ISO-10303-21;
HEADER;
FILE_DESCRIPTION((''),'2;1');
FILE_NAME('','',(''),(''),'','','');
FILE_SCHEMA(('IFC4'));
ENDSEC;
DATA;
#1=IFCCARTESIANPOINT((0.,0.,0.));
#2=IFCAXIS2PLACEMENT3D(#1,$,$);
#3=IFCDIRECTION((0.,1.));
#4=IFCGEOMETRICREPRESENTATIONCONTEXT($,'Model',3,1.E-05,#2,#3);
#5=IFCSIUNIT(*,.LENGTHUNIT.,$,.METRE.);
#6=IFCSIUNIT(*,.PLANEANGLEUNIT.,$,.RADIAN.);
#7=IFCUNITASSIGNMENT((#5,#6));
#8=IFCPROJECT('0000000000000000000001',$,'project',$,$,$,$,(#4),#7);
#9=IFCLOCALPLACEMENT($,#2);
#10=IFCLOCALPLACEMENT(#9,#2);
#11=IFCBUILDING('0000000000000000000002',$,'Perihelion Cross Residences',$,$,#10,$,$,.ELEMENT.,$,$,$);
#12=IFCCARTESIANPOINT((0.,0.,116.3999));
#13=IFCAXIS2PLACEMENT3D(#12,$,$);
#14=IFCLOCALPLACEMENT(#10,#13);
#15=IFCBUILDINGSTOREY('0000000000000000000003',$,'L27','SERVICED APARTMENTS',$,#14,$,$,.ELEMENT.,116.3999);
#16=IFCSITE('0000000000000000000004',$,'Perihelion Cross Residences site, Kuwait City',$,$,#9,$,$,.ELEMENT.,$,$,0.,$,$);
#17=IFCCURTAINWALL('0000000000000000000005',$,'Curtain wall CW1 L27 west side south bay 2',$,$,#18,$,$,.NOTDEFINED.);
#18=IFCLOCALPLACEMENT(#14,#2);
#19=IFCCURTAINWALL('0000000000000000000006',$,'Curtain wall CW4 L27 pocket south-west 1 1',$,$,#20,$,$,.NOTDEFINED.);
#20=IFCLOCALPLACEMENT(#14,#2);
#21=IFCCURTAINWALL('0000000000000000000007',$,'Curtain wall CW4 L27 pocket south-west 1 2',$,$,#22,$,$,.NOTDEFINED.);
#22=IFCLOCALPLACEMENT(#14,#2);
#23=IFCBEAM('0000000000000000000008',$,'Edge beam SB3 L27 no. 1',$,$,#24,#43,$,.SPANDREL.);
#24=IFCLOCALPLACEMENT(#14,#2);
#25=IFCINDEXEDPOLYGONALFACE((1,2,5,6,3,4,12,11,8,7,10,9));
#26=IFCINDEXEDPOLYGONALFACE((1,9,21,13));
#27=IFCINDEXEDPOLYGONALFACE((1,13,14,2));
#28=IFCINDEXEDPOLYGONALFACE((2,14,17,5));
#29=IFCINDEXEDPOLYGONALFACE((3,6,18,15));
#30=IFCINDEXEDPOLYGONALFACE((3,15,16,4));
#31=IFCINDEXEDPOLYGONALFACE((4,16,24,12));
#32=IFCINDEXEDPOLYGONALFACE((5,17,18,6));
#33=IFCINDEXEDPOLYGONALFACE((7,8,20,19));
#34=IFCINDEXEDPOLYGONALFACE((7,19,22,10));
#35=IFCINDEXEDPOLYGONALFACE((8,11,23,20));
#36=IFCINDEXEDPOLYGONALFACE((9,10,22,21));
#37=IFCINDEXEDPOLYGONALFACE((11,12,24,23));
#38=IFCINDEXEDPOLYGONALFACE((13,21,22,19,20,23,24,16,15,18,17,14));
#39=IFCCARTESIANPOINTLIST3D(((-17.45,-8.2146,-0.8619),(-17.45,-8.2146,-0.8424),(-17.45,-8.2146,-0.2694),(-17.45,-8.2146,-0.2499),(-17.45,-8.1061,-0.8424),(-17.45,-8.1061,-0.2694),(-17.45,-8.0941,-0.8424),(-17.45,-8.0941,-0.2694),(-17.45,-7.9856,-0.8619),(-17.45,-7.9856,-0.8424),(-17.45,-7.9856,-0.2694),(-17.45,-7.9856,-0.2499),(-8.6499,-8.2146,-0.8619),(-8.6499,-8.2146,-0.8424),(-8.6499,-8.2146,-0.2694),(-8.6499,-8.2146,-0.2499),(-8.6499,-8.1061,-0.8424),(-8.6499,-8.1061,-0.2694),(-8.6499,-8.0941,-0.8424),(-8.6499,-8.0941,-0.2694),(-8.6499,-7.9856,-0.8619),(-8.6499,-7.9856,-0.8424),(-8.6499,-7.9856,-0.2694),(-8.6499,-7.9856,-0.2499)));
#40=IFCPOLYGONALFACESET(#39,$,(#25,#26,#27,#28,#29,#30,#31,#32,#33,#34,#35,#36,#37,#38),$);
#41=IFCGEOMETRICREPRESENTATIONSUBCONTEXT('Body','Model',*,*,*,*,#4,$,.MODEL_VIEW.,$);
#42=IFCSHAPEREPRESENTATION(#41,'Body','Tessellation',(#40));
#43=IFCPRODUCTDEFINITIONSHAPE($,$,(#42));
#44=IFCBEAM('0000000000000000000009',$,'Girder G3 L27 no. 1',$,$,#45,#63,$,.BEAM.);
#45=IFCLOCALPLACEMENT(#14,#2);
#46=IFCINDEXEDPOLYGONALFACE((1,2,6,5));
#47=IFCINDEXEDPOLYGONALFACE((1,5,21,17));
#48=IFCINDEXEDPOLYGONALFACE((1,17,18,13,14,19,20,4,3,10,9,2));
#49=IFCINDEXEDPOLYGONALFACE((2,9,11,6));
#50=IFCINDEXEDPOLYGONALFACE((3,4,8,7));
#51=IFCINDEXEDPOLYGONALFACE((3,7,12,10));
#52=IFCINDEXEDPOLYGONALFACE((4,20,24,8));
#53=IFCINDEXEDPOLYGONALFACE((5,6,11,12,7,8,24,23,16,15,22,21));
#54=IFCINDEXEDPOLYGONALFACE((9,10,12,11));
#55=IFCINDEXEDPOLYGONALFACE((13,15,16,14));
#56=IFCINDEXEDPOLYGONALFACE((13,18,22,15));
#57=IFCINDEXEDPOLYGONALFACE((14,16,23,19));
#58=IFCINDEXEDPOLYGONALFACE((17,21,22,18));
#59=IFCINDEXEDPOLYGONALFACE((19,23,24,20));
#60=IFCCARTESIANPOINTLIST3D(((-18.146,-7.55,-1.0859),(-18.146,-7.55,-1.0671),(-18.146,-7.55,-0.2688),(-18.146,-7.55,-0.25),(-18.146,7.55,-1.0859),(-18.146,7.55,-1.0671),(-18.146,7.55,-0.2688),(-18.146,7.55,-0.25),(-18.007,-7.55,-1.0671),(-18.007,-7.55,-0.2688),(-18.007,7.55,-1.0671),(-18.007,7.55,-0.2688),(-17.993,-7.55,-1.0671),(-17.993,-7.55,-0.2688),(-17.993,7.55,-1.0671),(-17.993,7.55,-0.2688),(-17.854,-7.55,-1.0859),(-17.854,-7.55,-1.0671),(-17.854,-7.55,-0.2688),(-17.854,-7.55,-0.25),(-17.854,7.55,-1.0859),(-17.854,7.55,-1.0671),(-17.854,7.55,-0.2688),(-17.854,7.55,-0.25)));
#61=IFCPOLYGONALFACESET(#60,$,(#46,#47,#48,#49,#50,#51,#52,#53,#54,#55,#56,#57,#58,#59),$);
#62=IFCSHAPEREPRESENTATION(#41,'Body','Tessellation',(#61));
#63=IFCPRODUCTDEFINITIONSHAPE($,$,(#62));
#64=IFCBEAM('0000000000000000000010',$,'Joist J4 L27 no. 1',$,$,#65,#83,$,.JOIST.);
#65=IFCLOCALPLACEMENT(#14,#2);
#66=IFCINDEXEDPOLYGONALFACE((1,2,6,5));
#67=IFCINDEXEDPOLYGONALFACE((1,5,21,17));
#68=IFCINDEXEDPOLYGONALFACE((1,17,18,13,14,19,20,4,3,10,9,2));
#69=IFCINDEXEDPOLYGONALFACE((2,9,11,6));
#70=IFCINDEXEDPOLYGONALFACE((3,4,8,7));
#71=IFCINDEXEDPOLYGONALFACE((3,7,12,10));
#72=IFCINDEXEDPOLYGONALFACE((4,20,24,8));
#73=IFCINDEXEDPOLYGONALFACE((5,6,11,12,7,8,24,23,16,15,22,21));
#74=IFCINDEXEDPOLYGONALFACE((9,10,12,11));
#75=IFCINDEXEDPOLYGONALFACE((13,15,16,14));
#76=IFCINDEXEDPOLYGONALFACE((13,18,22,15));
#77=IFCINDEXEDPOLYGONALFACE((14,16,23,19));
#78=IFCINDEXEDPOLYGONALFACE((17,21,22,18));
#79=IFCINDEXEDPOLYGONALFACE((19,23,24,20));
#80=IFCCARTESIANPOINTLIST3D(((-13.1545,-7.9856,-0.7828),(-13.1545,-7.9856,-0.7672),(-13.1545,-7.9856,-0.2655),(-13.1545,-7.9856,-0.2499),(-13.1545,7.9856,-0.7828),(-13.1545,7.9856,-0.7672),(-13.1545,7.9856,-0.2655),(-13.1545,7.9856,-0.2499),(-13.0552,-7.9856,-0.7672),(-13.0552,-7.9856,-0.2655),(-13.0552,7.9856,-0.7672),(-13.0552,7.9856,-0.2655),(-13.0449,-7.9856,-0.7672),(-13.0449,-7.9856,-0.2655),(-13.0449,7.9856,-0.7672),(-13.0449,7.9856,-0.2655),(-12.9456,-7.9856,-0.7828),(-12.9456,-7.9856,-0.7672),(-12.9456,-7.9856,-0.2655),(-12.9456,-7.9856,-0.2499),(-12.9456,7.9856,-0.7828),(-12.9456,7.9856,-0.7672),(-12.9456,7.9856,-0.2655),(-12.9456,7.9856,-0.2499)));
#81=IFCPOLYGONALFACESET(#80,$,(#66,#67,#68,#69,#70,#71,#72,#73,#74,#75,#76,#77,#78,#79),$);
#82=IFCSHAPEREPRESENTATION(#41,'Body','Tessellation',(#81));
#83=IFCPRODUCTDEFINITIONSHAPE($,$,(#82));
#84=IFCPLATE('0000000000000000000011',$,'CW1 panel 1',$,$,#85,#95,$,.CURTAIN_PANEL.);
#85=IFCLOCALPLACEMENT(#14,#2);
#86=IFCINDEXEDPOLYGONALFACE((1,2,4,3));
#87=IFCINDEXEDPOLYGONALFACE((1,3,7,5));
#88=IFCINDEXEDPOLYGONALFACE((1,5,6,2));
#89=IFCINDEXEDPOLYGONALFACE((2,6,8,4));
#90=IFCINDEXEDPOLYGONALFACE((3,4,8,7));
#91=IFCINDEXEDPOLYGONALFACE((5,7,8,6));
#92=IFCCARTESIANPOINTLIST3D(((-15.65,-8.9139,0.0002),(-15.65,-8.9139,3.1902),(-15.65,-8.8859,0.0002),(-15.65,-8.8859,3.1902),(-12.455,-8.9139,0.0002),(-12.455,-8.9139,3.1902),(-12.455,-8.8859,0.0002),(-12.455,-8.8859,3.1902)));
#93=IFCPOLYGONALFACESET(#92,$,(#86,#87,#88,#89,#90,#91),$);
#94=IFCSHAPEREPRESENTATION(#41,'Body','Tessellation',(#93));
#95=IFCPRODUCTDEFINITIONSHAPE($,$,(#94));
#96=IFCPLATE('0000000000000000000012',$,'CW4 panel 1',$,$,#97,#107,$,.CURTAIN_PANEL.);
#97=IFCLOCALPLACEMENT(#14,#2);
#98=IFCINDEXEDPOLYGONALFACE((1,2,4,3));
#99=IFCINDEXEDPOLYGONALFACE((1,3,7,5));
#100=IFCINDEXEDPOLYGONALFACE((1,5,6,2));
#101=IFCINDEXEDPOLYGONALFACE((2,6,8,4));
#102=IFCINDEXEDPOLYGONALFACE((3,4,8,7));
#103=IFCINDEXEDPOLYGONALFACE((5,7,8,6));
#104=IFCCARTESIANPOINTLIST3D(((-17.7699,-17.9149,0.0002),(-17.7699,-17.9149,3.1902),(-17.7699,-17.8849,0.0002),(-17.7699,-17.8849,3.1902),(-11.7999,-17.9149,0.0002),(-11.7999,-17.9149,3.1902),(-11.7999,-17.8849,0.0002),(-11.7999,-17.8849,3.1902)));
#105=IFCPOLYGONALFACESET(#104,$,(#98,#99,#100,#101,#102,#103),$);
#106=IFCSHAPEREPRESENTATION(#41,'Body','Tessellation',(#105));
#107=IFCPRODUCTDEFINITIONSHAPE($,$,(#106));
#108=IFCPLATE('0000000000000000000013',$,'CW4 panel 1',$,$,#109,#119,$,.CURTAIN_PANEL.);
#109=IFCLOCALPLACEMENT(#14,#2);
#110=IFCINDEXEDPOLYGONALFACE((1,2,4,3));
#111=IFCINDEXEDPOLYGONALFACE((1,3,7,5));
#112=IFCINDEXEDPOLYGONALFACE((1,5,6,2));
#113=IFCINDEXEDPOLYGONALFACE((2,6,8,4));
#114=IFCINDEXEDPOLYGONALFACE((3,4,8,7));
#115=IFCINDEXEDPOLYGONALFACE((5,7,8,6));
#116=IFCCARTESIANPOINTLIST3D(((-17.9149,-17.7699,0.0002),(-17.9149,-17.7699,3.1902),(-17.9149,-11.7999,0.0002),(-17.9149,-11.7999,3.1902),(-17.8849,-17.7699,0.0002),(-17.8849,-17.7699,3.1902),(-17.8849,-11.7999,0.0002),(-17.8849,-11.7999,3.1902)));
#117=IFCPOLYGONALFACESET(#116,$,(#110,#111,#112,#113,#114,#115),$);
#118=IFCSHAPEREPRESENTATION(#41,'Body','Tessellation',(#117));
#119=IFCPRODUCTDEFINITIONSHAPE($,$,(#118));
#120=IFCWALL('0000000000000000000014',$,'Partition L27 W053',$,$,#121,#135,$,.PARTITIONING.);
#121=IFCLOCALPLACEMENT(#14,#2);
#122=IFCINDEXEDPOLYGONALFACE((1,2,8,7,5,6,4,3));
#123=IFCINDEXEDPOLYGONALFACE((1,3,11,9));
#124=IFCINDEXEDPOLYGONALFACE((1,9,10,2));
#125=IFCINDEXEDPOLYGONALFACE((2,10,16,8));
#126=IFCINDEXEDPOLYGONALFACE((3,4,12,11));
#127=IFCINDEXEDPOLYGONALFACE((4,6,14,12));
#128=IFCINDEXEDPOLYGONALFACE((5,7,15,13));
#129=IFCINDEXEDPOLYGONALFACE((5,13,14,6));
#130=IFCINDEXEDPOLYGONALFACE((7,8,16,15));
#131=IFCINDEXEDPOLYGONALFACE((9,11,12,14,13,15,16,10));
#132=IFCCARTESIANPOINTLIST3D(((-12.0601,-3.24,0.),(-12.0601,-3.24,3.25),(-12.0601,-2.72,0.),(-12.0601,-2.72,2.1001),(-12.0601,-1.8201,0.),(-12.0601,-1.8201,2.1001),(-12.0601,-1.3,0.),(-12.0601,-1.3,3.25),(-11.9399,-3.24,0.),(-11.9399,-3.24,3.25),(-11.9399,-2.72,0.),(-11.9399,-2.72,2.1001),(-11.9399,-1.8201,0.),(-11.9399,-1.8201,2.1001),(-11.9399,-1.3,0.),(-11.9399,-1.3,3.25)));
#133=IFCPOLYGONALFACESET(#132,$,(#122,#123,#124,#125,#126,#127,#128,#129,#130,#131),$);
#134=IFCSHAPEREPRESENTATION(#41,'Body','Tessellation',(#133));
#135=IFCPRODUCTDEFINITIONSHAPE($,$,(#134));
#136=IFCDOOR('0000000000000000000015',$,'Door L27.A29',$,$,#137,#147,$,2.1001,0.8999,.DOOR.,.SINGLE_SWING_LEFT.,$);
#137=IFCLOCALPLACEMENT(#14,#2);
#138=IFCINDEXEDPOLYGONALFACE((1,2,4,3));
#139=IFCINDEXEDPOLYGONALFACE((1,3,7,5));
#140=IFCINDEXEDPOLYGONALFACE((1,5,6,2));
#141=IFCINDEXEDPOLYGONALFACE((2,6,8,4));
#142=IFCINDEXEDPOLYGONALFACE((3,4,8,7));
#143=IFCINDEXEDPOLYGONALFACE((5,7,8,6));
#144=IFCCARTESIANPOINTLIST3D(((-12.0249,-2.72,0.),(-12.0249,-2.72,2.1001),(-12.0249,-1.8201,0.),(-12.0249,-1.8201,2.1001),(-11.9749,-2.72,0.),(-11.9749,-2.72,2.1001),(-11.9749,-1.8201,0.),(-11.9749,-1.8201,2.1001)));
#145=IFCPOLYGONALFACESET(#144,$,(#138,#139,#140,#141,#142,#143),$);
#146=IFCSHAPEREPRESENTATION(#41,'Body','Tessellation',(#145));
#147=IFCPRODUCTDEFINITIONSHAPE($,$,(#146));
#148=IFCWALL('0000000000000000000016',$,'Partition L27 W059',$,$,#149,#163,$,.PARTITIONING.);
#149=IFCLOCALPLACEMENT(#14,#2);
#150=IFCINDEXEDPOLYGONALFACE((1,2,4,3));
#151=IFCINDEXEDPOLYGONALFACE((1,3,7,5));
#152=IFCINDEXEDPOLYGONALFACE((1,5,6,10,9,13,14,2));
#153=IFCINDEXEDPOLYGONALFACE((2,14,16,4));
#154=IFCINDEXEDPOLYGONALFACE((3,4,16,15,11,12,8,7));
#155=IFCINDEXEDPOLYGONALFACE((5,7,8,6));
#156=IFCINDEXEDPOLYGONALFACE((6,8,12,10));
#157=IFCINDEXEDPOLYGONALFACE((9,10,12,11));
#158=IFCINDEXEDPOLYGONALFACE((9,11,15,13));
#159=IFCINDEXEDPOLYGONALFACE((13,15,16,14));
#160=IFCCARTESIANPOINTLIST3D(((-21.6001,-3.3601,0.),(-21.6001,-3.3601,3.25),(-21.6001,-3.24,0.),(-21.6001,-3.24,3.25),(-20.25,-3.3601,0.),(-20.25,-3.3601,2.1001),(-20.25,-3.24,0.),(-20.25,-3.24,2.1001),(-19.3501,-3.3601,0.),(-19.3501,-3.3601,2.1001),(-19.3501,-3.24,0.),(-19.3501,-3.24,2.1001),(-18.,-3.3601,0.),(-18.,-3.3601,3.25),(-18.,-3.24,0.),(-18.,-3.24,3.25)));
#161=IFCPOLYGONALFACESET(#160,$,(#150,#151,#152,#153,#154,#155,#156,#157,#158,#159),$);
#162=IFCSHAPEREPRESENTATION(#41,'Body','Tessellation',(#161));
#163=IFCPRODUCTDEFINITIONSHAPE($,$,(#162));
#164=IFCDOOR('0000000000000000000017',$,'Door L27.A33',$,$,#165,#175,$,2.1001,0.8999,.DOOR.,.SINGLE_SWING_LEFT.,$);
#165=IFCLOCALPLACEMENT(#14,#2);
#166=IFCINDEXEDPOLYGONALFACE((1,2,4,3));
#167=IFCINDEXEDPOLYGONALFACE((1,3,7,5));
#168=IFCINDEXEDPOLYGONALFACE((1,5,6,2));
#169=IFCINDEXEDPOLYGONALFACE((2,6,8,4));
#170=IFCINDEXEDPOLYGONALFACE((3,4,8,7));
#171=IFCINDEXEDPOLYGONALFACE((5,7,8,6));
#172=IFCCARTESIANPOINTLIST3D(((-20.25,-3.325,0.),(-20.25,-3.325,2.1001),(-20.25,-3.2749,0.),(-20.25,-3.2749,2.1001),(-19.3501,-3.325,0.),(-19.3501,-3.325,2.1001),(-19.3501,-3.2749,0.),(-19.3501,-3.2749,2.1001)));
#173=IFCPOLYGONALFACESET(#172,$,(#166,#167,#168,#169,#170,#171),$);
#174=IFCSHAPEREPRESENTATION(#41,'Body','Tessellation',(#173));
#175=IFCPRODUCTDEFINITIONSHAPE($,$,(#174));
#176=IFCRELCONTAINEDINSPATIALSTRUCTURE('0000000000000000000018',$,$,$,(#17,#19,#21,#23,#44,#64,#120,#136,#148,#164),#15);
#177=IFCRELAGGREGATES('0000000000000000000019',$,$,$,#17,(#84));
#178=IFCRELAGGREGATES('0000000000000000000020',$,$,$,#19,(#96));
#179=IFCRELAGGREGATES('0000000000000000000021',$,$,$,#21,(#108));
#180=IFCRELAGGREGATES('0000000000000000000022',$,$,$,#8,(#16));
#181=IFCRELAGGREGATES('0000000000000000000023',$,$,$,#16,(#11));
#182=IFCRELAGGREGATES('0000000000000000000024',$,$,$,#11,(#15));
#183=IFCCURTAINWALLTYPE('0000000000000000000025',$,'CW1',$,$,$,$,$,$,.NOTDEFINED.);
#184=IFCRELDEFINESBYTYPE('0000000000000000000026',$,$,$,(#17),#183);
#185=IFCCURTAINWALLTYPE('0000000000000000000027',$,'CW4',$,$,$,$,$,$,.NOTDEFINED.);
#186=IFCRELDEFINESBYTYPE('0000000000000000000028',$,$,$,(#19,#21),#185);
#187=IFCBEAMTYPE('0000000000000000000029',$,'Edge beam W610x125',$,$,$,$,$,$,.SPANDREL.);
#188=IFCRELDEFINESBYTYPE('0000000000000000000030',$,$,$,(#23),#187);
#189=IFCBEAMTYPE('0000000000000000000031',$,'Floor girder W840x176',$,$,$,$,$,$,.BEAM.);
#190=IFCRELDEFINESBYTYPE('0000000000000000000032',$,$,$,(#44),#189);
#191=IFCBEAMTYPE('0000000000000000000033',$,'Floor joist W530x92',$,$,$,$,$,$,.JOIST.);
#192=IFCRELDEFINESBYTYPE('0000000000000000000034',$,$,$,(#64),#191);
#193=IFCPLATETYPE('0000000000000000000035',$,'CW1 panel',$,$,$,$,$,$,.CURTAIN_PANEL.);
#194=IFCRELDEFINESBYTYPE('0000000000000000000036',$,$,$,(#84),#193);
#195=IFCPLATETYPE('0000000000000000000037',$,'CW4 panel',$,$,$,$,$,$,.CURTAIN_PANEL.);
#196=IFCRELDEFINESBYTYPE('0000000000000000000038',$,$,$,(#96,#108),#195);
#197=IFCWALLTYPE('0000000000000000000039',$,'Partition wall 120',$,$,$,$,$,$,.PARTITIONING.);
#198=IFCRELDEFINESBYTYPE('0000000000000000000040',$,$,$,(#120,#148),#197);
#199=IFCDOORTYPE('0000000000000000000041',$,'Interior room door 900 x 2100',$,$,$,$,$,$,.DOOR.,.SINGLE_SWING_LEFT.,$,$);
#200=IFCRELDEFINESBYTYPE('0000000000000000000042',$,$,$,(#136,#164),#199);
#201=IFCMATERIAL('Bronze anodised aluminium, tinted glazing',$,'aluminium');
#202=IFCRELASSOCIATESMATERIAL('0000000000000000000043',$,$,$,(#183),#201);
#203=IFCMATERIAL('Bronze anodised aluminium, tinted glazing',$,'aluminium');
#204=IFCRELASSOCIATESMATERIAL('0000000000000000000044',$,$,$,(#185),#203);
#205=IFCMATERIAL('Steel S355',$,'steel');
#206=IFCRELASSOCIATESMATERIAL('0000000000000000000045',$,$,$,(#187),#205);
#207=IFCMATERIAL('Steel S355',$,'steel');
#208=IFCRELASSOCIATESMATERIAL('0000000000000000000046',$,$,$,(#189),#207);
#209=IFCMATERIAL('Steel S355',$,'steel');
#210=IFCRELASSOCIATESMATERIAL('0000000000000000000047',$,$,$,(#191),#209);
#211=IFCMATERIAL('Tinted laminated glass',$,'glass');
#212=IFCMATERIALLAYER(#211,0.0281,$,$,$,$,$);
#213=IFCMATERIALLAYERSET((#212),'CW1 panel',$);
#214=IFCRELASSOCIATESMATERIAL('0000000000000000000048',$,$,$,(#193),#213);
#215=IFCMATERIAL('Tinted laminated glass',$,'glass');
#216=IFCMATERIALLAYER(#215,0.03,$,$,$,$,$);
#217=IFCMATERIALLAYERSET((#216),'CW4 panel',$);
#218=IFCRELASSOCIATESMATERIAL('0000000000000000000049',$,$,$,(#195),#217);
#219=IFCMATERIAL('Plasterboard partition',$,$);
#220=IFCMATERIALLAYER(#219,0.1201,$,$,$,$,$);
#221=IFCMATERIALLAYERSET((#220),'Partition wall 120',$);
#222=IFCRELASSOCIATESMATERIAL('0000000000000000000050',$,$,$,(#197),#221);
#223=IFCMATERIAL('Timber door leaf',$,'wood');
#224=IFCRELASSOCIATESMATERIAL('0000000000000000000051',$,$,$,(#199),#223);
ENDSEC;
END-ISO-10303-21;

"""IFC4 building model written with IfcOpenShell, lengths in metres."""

from ifc_helpers import new_model, si_unit, direction, frame, frame_2d, origin, origin_2d, place, context, subcontext, project, spatial, rectangle, i_section, extrude, material, layer, layer_set, material_profile, profile_set, type_object, element, fill, aggregate, save


model = new_model("IFC4")

# Units and contexts
model_context = context("Model", 3, precision=1e-05, world=origin(), true_north=direction((0.0, 1.0)))
body_context = subcontext(model_context, "Body", "Model", "MODEL_VIEW")
ifc_project = project(units=[si_unit("LENGTHUNIT", "METRE"), si_unit("PLANEANGLEUNIT", "RADIAN")], contexts=[model_context])

# Site, building, storey
site_placement = place(None, origin())
site = spatial("IfcSite", under=ifc_project, at=site_placement, Name="Perihelion Cross Residences site, Kuwait City", CompositionType="ELEMENT", RefElevation=0.0)
building_placement = place(site_placement, origin())
building = spatial("IfcBuilding", under=site, at=building_placement, Name="Perihelion Cross Residences", CompositionType="ELEMENT")
storey_placement = place(building_placement, frame((0.0, 0.0, 116.3999)))
storey = spatial("IfcBuildingStorey", under=building, at=storey_placement, Name="L27", Description="SERVICED APARTMENTS", CompositionType="ELEMENT", Elevation=116.3999)

# Shared definitions
ifc_material_1 = material(Name="Bronze anodised aluminium, tinted glazing", Category="aluminium")
curtain_wall_type_1 = type_object("IfcCurtainWallType", Name="CW1", PredefinedType="NOTDEFINED", material=ifc_material_1)

# Curtain walls
curtain_wall_1_placement = place(storey_placement, origin())
curtain_wall_1 = element("IfcCurtainWall", 1, at=curtain_wall_1_placement, inside=storey, type_object=curtain_wall_type_1, Name="Curtain wall CW1 L27 west side south bay 2", PredefinedType="NOTDEFINED")
ifc_material_2 = material(Name="Bronze anodised aluminium, tinted glazing", Category="aluminium")
curtain_wall_type_2 = type_object("IfcCurtainWallType", Name="CW4", PredefinedType="NOTDEFINED", material=ifc_material_2)
curtain_wall_2_placement = place(storey_placement, origin())
curtain_wall_2 = element("IfcCurtainWall", 2, at=curtain_wall_2_placement, inside=storey, type_object=curtain_wall_type_2, Name="Curtain wall CW4 L27 pocket south-west 1 1", PredefinedType="NOTDEFINED")
curtain_wall_3_placement = place(storey_placement, origin())
curtain_wall_3 = element("IfcCurtainWall", 3, at=curtain_wall_3_placement, inside=storey, type_object=curtain_wall_type_2, Name="Curtain wall CW4 L27 pocket south-west 1 2", PredefinedType="NOTDEFINED")

# Beams
ifc_material_3 = material(Name="Steel S355", Category="steel")
ifc_material_profile_1 = material_profile(ifc_material_3, i_section(OverallWidth=0.229, OverallDepth=0.6121, WebThickness=0.012, FlangeThickness=0.0195, at=origin_2d()), Name="W610x125")
ifc_profile_set_1 = profile_set([ifc_material_profile_1], Name="Steel S355")
beam_type_1 = type_object("IfcBeamType", Name="Edge beam W610x125", PredefinedType="SPANDREL", material=ifc_profile_set_1)
beam_1_placement = place(storey_placement, frame((-17.45, -8.1001, -0.5559), z_axis=(1.0, 0.0, 0.0), x_axis=(0.0, 1.0, 0.0)))
element("IfcBeam", 4, at=beam_1_placement, inside=storey, type_object=beam_type_1, Name="Edge beam SB3 L27 no. 1", PredefinedType="SPANDREL", context=body_context, shape_type="SweptSolid", body=[
    extrude(i_section(OverallWidth=0.229, OverallDepth=0.6121, WebThickness=0.012, FlangeThickness=0.0195, at=origin_2d()), origin(), (0.0, 0.0, 1.0), 8.8),
])
ifc_material_4 = material(Name="Steel S355", Category="steel")
ifc_material_profile_2 = material_profile(ifc_material_4, i_section(OverallWidth=0.292, OverallDepth=0.8359, WebThickness=0.0139, FlangeThickness=0.0188, at=origin_2d()), Name="W840x176")
ifc_profile_set_2 = profile_set([ifc_material_profile_2], Name="Steel S355")
beam_type_2 = type_object("IfcBeamType", Name="Floor girder W840x176", PredefinedType="BEAM", material=ifc_profile_set_2)
beam_2_placement = place(storey_placement, frame((-18.0, -7.55, -0.668), z_axis=(0.0, 1.0, 0.0), x_axis=(-1.0, 0.0, 0.0)))
element("IfcBeam", 5, at=beam_2_placement, inside=storey, type_object=beam_type_2, Name="Girder G3 L27 no. 1", PredefinedType="BEAM", context=body_context, shape_type="SweptSolid", body=[
    extrude(i_section(OverallWidth=0.292, OverallDepth=0.8359, WebThickness=0.0139, FlangeThickness=0.0188, at=origin_2d()), origin(), (0.0, 0.0, 1.0), 15.1001),
])
ifc_material_5 = material(Name="Steel S355", Category="steel")
ifc_material_profile_3 = material_profile(ifc_material_5, i_section(OverallWidth=0.209, OverallDepth=0.533, WebThickness=0.0103, FlangeThickness=0.0156, at=origin_2d()), Name="W530x92")
ifc_profile_set_3 = profile_set([ifc_material_profile_3], Name="Steel S355")
beam_type_3 = type_object("IfcBeamType", Name="Floor joist W530x92", PredefinedType="JOIST", material=ifc_profile_set_3)
beam_3_placement = place(storey_placement, frame((-13.05, -7.9856, -0.5164), z_axis=(0.0, 1.0, 0.0), x_axis=(-1.0, 0.0, 0.0)))
element("IfcBeam", 6, at=beam_3_placement, inside=storey, type_object=beam_type_3, Name="Joist J4 L27 no. 1", PredefinedType="JOIST", context=body_context, shape_type="SweptSolid", body=[
    extrude(i_section(OverallWidth=0.209, OverallDepth=0.533, WebThickness=0.0103, FlangeThickness=0.0156, at=origin_2d()), origin(), (0.0, 0.0, 1.0), 15.9712),
])

# Plates
ifc_material_6 = material(Name="Tinted laminated glass", Category="glass")
ifc_layer_1 = layer(ifc_material_6, 0.0281)
ifc_layer_set_1 = layer_set([ifc_layer_1], Name="CW1 panel")
plate_type_1 = type_object("IfcPlateType", Name="CW1 panel", PredefinedType="CURTAIN_PANEL", material=ifc_layer_set_1)
plate_1_placement = place(storey_placement, frame((-14.0525, -8.8999, 0.0002), z_axis=(0.0, 0.0, 1.0), x_axis=(1.0, 0.0, 0.0)))
plate_1 = element("IfcPlate", 7, at=plate_1_placement, type_object=plate_type_1, Name="CW1 panel 1", PredefinedType="CURTAIN_PANEL", context=body_context, shape_type="SweptSolid", body=[
    extrude(rectangle(XDim=3.1951, YDim=0.0281, at=origin_2d()), origin(), (0.0, 0.0, 1.0), 3.1899),
])
aggregate(curtain_wall_1, [plate_1])
ifc_material_7 = material(Name="Tinted laminated glass", Category="glass")
ifc_layer_2 = layer(ifc_material_7, 0.03)
ifc_layer_set_2 = layer_set([ifc_layer_2], Name="CW4 panel")
plate_type_2 = type_object("IfcPlateType", Name="CW4 panel", PredefinedType="CURTAIN_PANEL", material=ifc_layer_set_2)
plate_2_placement = place(storey_placement, frame((-14.7849, -17.8999, 0.0002), z_axis=(0.0, 0.0, 1.0), x_axis=(-1.0, 0.0, 0.0)))
plate_2 = element("IfcPlate", 8, at=plate_2_placement, type_object=plate_type_2, Name="CW4 panel 1", PredefinedType="CURTAIN_PANEL", context=body_context, shape_type="SweptSolid", body=[
    extrude(rectangle(XDim=5.97, YDim=0.03, at=origin_2d()), origin(), (0.0, 0.0, 1.0), 3.1899),
])
aggregate(curtain_wall_2, [plate_2])
plate_3_placement = place(storey_placement, frame((-17.8999, -14.7849, 0.0002), z_axis=(0.0, 0.0, 1.0), x_axis=(0.0, 1.0, 0.0)))
plate_3 = element("IfcPlate", 9, at=plate_3_placement, type_object=plate_type_2, Name="CW4 panel 1", PredefinedType="CURTAIN_PANEL", context=body_context, shape_type="SweptSolid", body=[
    extrude(rectangle(XDim=5.97, YDim=0.03, at=origin_2d()), origin(), (0.0, 0.0, 1.0), 3.1899),
])
aggregate(curtain_wall_3, [plate_3])

# Walls, openings, doors
ifc_material_8 = material(Name="Plasterboard partition")
ifc_layer_3 = layer(ifc_material_8, 0.1201)
ifc_layer_set_3 = layer_set([ifc_layer_3], Name="Partition wall 120")
wall_type_1 = type_object("IfcWallType", Name="Partition wall 120", PredefinedType="PARTITIONING", material=ifc_layer_set_3)
wall_1_placement = place(storey_placement, frame((-12.0, -3.24, 0.0), z_axis=(0.0, 0.0, 1.0), x_axis=(0.0, 1.0, 0.0)))
wall_1 = element("IfcWall", 10, at=wall_1_placement, inside=storey, type_object=wall_type_1, Name="Partition L27 W053", PredefinedType="PARTITIONING", context=body_context, shape_type="SweptSolid", body=[
    extrude(rectangle(XDim=1.9399, YDim=0.1201, at=frame_2d((0.97, 0.0))), origin(), (0.0, 0.0, 1.0), 3.25),
])
opening_1_placement = place(wall_1_placement, frame((0.52, 0.0, 0.0)))
opening_1 = element("IfcOpeningElement", 11, at=opening_1_placement, cuts=wall_1, PredefinedType="OPENING", context=body_context, shape_type="SweptSolid", body=[
    extrude(rectangle(XDim=0.8999, YDim=2.1001, at=frame_2d((0.45, 1.05))), frame((0.0, 0.0701, 0.0), z_axis=(0.0, -1.0, 0.0), x_axis=(1.0, 0.0, 0.0)), (0.0, 0.0, 1.0), 0.1401),
])
ifc_material_9 = material(Name="Timber door leaf", Category="wood")
door_type_1 = type_object("IfcDoorType", Name="Interior room door 900 x 2100", OperationType="SINGLE_SWING_LEFT", PredefinedType="DOOR", material=ifc_material_9)
door_1_placement = place(opening_1_placement, origin())
door_1 = element("IfcDoor", 12, at=door_1_placement, inside=storey, type_object=door_type_1, Name="Door L27.A29", OperationType="SINGLE_SWING_LEFT", OverallHeight=2.1001, OverallWidth=0.8999, PredefinedType="DOOR", context=body_context, shape_type="SweptSolid", body=[
    extrude(rectangle(XDim=0.8999, YDim=2.1001, at=frame_2d((0.45, 1.05))), frame((0.0, 0.0249, 0.0), z_axis=(0.0, -1.0, 0.0), x_axis=(1.0, 0.0, 0.0)), (0.0, 0.0, 1.0), 0.05),
])
fill(opening_1, door_1)
wall_2_placement = place(storey_placement, frame((-18.0, -3.3, 0.0), z_axis=(0.0, 0.0, 1.0), x_axis=(-1.0, 0.0, 0.0)))
wall_2 = element("IfcWall", 13, at=wall_2_placement, inside=storey, type_object=wall_type_1, Name="Partition L27 W059", PredefinedType="PARTITIONING", context=body_context, shape_type="SweptSolid", body=[
    extrude(rectangle(XDim=3.6001, YDim=0.1201, at=frame_2d((1.8, 0.0))), origin(), (0.0, 0.0, 1.0), 3.25),
])
opening_2_placement = place(wall_2_placement, frame((1.3501, 0.0, 0.0)))
opening_2 = element("IfcOpeningElement", 14, at=opening_2_placement, cuts=wall_2, PredefinedType="OPENING", context=body_context, shape_type="SweptSolid", body=[
    extrude(rectangle(XDim=0.8999, YDim=2.1001, at=frame_2d((0.45, 1.05))), frame((0.0, 0.0701, 0.0), z_axis=(0.0, -1.0, 0.0), x_axis=(1.0, 0.0, 0.0)), (0.0, 0.0, 1.0), 0.1401),
])
door_2_placement = place(opening_2_placement, origin())
door_2 = element("IfcDoor", 15, at=door_2_placement, inside=storey, type_object=door_type_1, Name="Door L27.A33", OperationType="SINGLE_SWING_LEFT", OverallHeight=2.1001, OverallWidth=0.8999, PredefinedType="DOOR", context=body_context, shape_type="SweptSolid", body=[
    extrude(rectangle(XDim=0.8999, YDim=2.1001, at=frame_2d((0.45, 1.05))), frame((0.0, 0.0249, 0.0), z_axis=(0.0, -1.0, 0.0), x_axis=(1.0, 0.0, 0.0)), (0.0, 0.0, 1.0), 0.05),
])
fill(opening_2, door_2)

save(model, "model.ifc")
